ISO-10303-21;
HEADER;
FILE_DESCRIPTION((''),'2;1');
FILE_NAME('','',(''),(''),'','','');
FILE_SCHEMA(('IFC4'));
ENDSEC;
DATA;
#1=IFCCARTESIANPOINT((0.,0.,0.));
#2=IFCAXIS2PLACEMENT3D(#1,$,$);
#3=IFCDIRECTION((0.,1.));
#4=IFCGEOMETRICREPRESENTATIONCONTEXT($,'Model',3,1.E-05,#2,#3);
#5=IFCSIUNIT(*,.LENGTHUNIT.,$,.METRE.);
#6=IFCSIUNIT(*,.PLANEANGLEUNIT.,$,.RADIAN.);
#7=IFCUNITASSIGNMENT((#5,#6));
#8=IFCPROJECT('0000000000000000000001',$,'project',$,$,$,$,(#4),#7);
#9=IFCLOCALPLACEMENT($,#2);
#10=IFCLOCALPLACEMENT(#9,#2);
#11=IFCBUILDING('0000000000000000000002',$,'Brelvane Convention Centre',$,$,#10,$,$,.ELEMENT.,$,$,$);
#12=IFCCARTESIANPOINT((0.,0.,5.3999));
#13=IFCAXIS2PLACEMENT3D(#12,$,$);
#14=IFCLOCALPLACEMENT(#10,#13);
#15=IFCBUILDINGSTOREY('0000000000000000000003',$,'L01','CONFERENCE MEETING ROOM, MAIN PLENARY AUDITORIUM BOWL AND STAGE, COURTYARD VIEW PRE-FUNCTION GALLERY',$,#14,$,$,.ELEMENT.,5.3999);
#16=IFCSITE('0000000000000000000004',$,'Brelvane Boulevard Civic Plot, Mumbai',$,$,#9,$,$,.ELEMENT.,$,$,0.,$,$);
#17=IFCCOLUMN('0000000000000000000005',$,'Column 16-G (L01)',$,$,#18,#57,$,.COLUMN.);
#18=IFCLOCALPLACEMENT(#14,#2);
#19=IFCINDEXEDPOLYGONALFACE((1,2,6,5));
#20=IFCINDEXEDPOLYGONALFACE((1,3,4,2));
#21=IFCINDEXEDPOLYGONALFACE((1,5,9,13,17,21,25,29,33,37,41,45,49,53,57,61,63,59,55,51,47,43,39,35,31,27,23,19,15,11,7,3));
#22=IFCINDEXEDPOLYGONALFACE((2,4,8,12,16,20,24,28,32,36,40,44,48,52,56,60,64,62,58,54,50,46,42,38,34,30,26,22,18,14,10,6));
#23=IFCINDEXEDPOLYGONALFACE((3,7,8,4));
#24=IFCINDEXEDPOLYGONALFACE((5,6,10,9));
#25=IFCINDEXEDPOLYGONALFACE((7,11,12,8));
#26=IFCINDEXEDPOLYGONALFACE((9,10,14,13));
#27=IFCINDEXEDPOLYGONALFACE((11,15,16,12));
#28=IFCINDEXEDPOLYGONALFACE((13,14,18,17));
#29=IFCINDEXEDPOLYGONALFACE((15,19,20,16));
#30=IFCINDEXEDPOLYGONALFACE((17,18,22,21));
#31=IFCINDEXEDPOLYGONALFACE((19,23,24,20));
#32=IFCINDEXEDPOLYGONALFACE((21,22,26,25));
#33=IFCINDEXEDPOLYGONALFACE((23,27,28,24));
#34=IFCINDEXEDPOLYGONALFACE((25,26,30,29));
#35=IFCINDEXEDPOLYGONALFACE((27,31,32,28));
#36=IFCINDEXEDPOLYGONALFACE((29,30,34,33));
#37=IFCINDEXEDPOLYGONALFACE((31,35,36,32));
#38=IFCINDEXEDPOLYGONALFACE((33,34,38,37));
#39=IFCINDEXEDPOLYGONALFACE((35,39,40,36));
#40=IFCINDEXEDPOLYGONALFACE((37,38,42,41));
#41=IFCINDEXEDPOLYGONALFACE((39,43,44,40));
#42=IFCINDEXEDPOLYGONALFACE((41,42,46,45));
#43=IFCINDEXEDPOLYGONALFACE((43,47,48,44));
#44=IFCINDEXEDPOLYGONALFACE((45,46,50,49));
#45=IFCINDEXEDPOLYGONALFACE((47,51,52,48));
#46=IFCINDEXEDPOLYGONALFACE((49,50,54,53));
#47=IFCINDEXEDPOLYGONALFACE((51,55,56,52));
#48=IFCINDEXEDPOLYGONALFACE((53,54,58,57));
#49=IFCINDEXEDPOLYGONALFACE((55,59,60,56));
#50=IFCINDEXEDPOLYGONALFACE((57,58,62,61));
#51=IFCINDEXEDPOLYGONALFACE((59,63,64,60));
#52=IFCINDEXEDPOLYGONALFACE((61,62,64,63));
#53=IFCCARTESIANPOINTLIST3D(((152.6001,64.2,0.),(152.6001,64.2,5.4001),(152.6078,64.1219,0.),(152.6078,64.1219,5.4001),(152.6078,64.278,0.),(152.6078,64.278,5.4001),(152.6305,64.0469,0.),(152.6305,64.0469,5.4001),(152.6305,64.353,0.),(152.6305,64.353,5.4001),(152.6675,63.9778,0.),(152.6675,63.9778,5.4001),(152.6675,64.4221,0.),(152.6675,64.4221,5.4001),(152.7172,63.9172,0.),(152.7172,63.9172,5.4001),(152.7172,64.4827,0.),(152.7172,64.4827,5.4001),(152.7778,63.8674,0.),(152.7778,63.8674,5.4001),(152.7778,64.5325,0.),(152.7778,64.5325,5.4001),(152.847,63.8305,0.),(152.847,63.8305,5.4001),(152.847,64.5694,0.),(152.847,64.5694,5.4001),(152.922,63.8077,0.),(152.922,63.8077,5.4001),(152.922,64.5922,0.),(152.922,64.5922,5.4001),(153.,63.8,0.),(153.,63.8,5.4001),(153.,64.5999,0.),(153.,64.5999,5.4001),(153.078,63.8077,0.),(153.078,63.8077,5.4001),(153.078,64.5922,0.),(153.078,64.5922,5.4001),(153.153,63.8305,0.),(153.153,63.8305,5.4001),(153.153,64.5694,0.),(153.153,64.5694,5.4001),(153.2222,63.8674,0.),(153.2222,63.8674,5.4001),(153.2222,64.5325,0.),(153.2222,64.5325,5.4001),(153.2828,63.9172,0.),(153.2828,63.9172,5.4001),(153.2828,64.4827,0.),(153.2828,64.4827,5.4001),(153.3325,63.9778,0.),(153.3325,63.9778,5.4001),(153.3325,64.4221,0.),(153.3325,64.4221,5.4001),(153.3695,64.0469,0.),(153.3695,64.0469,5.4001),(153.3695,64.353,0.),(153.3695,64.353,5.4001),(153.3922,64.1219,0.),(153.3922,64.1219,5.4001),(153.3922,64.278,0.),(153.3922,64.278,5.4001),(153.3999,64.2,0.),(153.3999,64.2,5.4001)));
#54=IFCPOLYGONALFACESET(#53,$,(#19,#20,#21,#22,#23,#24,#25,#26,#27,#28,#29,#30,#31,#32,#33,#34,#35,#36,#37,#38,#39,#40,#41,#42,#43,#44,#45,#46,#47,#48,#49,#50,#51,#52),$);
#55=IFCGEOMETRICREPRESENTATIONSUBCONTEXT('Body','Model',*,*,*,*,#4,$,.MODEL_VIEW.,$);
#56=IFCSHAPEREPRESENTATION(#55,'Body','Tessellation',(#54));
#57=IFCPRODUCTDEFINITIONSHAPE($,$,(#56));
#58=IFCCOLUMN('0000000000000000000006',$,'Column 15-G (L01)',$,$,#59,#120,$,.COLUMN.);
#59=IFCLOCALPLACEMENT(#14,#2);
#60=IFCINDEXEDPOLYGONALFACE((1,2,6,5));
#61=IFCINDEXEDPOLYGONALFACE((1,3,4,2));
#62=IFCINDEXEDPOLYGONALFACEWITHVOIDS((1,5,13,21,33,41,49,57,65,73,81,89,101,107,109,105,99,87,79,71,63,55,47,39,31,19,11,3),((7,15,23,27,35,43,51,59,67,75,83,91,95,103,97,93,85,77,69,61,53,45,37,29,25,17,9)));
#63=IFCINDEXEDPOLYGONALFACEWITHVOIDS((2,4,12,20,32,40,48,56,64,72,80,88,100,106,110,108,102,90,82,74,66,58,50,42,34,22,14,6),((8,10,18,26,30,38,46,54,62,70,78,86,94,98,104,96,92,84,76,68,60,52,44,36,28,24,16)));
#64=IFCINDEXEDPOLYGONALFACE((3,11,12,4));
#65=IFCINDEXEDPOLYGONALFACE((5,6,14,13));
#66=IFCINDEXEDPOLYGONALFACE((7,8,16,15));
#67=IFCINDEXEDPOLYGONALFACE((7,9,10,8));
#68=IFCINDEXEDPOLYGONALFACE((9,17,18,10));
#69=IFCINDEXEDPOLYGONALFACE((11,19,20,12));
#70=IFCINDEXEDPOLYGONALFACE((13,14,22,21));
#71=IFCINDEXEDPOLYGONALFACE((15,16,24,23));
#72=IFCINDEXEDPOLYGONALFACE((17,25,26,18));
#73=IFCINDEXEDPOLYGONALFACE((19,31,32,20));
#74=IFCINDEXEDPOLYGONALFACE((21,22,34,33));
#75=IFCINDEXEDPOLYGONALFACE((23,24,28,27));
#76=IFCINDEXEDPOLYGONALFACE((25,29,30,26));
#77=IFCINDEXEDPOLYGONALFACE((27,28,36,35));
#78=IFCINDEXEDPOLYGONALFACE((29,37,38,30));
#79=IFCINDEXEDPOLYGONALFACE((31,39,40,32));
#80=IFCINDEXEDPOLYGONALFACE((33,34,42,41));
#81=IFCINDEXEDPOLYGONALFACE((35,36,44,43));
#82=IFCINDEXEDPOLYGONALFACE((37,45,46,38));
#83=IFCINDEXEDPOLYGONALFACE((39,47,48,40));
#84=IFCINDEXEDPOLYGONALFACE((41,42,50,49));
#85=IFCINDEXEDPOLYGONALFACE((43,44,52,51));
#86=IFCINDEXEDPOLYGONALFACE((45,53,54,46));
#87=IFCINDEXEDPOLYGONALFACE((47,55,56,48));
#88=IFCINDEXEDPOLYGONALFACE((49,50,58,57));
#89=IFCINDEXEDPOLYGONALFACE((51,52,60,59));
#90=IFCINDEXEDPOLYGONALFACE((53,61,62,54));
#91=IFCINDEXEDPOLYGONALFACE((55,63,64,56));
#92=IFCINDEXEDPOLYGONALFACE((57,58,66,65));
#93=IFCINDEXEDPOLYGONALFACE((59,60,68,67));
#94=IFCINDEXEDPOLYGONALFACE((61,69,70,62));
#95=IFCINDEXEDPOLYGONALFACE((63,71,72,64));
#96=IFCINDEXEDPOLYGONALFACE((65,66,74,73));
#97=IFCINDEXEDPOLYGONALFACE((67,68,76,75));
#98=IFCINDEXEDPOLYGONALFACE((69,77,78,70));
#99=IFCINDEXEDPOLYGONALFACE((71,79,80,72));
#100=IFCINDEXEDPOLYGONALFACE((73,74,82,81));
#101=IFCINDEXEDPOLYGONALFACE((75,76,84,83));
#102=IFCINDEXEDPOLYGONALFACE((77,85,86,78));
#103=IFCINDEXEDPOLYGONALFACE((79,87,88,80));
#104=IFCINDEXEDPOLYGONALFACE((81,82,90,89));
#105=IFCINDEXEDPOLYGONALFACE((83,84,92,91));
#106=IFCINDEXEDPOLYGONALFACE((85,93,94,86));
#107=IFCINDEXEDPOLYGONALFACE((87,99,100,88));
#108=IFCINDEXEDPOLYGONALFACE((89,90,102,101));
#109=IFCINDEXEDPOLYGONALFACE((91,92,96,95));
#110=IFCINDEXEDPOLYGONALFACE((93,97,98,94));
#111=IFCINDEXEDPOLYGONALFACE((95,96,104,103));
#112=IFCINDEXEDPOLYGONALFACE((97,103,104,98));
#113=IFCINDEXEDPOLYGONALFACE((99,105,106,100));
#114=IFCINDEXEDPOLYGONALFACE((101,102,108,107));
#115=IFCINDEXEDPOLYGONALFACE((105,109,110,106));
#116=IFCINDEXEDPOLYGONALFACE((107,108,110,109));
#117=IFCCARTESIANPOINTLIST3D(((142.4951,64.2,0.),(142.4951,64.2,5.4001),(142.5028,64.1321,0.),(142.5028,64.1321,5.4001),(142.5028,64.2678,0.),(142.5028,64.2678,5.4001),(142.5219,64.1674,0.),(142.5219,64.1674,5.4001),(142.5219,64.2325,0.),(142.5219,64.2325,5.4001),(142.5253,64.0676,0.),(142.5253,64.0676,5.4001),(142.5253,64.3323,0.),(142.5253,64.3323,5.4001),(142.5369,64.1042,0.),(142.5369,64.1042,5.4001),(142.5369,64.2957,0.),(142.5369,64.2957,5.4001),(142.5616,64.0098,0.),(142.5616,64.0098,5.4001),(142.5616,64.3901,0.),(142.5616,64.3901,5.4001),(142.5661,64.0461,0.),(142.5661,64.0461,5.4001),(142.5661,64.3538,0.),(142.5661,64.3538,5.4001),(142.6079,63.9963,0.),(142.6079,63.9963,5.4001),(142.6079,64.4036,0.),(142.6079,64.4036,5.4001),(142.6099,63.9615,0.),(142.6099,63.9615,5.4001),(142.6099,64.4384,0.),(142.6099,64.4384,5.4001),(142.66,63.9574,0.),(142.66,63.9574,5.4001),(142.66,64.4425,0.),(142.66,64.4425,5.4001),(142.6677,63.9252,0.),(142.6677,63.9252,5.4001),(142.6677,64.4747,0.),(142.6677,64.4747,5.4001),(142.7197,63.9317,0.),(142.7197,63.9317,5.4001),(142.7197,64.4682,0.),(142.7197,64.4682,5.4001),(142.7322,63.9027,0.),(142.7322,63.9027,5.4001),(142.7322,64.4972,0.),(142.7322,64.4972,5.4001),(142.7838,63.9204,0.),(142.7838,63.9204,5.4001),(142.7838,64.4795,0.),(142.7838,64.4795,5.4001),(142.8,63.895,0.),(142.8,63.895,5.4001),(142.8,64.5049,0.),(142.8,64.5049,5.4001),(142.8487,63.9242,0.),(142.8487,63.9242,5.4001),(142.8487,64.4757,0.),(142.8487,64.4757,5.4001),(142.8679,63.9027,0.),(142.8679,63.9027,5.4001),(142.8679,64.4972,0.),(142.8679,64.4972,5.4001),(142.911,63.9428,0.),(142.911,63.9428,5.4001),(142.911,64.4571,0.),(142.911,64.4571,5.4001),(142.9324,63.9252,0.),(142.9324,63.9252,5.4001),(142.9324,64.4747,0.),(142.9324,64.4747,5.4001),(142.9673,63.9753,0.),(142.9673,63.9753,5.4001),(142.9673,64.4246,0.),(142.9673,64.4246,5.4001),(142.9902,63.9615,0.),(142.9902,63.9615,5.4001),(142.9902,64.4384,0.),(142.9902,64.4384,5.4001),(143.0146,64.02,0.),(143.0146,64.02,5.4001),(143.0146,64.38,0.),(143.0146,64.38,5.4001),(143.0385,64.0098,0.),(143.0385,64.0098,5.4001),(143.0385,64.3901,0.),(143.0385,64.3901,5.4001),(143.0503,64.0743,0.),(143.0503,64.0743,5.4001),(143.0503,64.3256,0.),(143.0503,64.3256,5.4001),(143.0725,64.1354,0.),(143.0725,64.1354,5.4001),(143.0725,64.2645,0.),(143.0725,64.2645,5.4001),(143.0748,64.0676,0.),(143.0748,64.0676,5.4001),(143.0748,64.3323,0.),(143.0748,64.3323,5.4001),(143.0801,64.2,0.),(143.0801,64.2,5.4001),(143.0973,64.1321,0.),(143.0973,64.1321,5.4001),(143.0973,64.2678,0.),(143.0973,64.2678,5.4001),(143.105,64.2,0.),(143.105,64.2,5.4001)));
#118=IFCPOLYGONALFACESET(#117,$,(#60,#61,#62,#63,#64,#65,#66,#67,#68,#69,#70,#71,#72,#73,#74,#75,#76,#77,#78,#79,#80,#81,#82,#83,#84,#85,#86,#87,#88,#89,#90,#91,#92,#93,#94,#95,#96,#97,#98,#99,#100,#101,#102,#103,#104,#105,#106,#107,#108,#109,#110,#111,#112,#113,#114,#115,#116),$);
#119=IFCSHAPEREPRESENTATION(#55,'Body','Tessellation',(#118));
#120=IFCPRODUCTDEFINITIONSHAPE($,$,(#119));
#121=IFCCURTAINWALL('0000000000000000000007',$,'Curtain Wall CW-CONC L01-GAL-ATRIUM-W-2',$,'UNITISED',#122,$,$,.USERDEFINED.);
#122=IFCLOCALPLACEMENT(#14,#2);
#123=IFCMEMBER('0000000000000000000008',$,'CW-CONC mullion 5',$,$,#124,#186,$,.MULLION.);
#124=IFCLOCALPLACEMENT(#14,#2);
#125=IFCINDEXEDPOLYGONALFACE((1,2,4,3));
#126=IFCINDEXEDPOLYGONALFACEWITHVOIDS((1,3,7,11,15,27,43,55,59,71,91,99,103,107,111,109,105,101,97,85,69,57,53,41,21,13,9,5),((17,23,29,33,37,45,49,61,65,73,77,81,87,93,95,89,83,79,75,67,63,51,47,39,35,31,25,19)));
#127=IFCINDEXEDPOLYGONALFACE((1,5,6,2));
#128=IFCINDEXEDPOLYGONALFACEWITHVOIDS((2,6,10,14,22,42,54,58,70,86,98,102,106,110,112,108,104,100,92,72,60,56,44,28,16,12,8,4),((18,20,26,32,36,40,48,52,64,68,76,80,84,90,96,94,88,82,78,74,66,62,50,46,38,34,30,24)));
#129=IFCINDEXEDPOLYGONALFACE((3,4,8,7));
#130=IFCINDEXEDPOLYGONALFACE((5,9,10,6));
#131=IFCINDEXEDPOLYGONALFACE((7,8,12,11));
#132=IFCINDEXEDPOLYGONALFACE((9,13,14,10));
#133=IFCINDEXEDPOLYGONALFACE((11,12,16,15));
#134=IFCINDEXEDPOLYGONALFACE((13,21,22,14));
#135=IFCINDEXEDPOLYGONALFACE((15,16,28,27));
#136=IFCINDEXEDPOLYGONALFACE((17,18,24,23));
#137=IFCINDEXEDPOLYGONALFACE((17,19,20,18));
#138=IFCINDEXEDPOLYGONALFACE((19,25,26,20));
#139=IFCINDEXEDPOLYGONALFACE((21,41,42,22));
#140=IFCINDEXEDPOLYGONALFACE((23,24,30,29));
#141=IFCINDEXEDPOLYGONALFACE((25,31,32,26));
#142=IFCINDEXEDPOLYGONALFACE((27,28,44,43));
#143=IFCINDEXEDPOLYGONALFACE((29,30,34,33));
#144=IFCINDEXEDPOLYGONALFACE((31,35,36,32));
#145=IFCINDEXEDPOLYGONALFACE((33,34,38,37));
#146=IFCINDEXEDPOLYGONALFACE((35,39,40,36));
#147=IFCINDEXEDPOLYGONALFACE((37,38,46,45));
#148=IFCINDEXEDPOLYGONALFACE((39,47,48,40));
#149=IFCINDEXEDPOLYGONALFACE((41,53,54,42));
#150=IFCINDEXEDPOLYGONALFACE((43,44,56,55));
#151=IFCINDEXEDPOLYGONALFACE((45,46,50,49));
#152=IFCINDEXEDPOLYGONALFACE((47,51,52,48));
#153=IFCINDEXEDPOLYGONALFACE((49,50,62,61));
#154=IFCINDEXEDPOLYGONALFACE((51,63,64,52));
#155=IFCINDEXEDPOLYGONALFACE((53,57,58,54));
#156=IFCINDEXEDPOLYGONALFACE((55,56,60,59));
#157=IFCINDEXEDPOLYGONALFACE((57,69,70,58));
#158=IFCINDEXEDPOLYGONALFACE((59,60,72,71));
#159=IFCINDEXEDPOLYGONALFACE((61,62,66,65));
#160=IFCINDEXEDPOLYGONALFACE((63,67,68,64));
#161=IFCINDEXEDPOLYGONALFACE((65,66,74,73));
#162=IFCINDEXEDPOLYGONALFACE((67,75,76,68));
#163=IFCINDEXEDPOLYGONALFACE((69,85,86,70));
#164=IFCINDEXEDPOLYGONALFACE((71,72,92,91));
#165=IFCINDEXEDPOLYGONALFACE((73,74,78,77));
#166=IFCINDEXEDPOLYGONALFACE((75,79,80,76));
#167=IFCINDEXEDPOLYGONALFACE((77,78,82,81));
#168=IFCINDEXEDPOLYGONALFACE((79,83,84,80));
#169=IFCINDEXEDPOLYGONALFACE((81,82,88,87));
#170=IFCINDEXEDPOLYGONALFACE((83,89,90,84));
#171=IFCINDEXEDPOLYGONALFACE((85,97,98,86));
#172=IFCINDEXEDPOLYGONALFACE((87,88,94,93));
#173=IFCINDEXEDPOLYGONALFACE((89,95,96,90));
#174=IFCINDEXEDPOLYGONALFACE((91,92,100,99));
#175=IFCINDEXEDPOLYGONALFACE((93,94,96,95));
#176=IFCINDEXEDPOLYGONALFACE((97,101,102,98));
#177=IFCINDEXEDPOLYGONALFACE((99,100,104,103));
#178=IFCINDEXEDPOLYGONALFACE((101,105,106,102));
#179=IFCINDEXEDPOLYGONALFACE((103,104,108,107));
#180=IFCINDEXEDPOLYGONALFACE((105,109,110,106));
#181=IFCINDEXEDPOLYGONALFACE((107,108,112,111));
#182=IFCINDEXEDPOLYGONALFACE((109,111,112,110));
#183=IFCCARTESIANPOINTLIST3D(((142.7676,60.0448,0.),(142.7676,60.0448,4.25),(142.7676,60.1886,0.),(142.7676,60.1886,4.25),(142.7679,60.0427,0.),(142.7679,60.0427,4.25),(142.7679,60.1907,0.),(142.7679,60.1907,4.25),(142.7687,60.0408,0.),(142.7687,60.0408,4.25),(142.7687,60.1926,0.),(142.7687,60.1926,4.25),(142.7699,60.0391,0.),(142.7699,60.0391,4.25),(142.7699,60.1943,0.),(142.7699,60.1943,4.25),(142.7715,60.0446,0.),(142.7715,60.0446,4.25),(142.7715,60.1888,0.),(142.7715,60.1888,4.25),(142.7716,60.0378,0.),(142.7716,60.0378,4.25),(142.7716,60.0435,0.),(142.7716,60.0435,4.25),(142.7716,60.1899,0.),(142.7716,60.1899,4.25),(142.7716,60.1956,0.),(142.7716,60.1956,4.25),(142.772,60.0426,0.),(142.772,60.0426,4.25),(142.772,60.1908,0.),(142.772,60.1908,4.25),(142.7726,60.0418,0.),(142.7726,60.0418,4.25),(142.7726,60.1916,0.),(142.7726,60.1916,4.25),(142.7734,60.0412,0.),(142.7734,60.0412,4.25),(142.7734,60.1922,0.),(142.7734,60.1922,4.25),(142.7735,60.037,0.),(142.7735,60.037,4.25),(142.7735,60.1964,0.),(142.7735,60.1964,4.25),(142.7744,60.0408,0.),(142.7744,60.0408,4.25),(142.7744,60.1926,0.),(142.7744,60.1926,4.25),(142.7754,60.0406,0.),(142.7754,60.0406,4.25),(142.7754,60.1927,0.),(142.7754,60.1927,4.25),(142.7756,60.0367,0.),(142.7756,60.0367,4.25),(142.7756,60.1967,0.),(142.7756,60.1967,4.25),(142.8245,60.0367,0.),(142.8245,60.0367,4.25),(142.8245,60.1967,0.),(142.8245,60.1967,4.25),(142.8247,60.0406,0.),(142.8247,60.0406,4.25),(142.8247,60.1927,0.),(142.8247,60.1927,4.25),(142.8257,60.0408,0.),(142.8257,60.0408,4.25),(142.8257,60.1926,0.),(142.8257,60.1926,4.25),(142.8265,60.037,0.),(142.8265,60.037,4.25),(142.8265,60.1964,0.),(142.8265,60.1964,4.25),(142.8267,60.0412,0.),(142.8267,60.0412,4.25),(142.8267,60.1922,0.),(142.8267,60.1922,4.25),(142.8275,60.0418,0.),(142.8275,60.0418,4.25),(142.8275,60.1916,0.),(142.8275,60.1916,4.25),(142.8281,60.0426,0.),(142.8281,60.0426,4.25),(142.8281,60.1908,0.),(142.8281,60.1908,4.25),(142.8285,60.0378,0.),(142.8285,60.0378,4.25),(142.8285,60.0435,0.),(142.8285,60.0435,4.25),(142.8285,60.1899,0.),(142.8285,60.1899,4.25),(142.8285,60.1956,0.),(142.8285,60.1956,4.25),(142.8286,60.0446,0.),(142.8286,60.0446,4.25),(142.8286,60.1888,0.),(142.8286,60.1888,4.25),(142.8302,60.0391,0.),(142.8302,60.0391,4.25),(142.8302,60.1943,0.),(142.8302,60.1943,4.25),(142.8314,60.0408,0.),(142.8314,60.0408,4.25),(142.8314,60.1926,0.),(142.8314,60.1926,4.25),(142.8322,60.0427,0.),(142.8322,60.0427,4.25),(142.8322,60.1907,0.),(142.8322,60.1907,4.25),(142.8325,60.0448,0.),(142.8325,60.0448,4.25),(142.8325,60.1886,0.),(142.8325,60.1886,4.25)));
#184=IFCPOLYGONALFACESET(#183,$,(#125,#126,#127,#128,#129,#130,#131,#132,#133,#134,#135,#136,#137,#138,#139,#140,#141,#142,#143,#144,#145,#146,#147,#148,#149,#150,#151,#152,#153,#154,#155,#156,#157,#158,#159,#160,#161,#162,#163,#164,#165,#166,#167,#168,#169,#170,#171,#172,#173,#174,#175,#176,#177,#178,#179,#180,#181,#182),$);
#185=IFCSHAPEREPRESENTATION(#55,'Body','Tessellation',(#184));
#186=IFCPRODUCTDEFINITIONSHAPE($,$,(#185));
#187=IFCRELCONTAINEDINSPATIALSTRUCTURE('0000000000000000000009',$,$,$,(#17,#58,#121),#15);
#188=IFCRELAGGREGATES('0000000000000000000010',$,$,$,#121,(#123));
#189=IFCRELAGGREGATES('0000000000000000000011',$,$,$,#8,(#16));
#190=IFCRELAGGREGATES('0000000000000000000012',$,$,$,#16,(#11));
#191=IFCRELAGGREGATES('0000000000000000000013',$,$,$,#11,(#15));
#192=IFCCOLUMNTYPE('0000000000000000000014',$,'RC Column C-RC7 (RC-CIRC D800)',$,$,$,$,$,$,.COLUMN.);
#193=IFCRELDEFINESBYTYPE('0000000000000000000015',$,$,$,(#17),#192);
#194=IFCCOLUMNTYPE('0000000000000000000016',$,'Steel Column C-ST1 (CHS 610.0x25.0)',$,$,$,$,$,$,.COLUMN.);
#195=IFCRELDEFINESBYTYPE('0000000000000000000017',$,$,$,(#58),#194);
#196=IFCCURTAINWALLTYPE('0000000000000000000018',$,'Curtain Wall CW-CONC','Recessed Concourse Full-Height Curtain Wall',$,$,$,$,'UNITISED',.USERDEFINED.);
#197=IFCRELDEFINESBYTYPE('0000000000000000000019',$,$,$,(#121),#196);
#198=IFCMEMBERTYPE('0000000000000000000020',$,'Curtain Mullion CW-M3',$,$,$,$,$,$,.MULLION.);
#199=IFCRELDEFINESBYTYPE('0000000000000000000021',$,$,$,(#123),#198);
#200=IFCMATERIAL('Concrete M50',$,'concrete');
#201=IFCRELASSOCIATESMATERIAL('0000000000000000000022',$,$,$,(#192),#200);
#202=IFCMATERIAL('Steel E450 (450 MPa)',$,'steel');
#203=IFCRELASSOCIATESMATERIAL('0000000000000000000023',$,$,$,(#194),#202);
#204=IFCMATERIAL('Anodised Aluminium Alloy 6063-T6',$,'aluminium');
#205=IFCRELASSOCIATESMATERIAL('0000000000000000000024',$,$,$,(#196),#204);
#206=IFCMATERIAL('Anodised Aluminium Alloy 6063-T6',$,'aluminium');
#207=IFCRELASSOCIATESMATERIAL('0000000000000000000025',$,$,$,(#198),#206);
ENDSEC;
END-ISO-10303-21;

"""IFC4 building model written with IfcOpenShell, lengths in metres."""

from ifc_helpers import new_model, si_unit, direction, frame, origin, origin_2d, place, context, subcontext, project, spatial, hollow_rectangle, circle, hollow_circle, extrude, material, material_profile, profile_set, type_object, element, aggregate, save


model = new_model("IFC4")

# Units and contexts
model_context = context("Model", 3, precision=1e-05, world=origin(), true_north=direction((0.0, 1.0)))
body_context = subcontext(model_context, "Body", "Model", "MODEL_VIEW")
ifc_project = project(units=[si_unit("LENGTHUNIT", "METRE"), si_unit("PLANEANGLEUNIT", "RADIAN")], contexts=[model_context])

# Site, building, storey
site_placement = place(None, origin())
site = spatial("IfcSite", under=ifc_project, at=site_placement, Name="Brelvane Boulevard Civic Plot, Mumbai", CompositionType="ELEMENT", RefElevation=0.0)
building_placement = place(site_placement, origin())
building = spatial("IfcBuilding", under=site, at=building_placement, Name="Brelvane Convention Centre", CompositionType="ELEMENT")
storey_placement = place(building_placement, frame((0.0, 0.0, 5.3999)))
storey = spatial("IfcBuildingStorey", under=building, at=storey_placement, Name="L01", Description="CONFERENCE MEETING ROOM, MAIN PLENARY AUDITORIUM BOWL AND STAGE, COURTYARD VIEW PRE-FUNCTION GALLERY", CompositionType="ELEMENT", Elevation=5.3999)

# Columns
ifc_material_1 = material(Name="Concrete M50", Category="concrete")
ifc_material_profile_1 = material_profile(ifc_material_1, circle(Radius=0.3999, at=origin_2d()), Name="RC-CIRC D800")
ifc_profile_set_1 = profile_set([ifc_material_profile_1], Name="Concrete M50")
column_type_1 = type_object("IfcColumnType", Name="RC Column C-RC7 (RC-CIRC D800)", PredefinedType="COLUMN", material=ifc_profile_set_1)
column_1_placement = place(storey_placement, frame((153.0, 64.2, 0.0), z_axis=(0.0, 0.0, 1.0), x_axis=(1.0, 0.0, 0.0)))
element("IfcColumn", 1, at=column_1_placement, inside=storey, type_object=column_type_1, Name="Column 16-G (L01)", PredefinedType="COLUMN", context=body_context, shape_type="SweptSolid", body=[
    extrude(circle(Radius=0.3999, at=origin_2d()), origin(), (0.0, 0.0, 1.0), 5.4001),
])
ifc_material_2 = material(Name="Steel E450 (450 MPa)", Category="steel")
ifc_material_profile_2 = material_profile(ifc_material_2, hollow_circle(Radius=0.3049, WallThickness=0.0249, at=origin_2d()), Name="CHS 610.0x25.0")
ifc_profile_set_2 = profile_set([ifc_material_profile_2], Name="Steel E450 (450 MPa)")
column_type_2 = type_object("IfcColumnType", Name="Steel Column C-ST1 (CHS 610.0x25.0)", PredefinedType="COLUMN", material=ifc_profile_set_2)
column_2_placement = place(storey_placement, frame((142.8, 64.2, 0.0), z_axis=(0.0, 0.0, 1.0), x_axis=(1.0, 0.0, 0.0)))
element("IfcColumn", 2, at=column_2_placement, inside=storey, type_object=column_type_2, Name="Column 15-G (L01)", PredefinedType="COLUMN", context=body_context, shape_type="SweptSolid", body=[
    extrude(hollow_circle(Radius=0.3049, WallThickness=0.0249, at=origin_2d()), origin(), (0.0, 0.0, 1.0), 5.4001),
])

# Curtain wall, member
ifc_material_3 = material(Name="Anodised Aluminium Alloy 6063-T6", Category="aluminium")
curtain_wall_type = type_object("IfcCurtainWallType", Name="Curtain Wall CW-CONC", Description="Recessed Concourse Full-Height Curtain Wall", ElementType="UNITISED", PredefinedType="USERDEFINED", material=ifc_material_3)
curtain_wall_1_placement = place(storey_placement, origin())
curtain_wall_1 = element("IfcCurtainWall", 3, at=curtain_wall_1_placement, inside=storey, type_object=curtain_wall_type, Name="Curtain Wall CW-CONC L01-GAL-ATRIUM-W-2", ObjectType="UNITISED", PredefinedType="USERDEFINED")
ifc_material_4 = material(Name="Anodised Aluminium Alloy 6063-T6", Category="aluminium")
ifc_material_profile_3 = material_profile(ifc_material_4, hollow_rectangle(XDim=0.0649, YDim=0.1599, WallThickness=0.0039, InnerFilletRadius=0.0039, OuterFilletRadius=0.0081, at=origin_2d()), Name="ALU-M 160x65x4.0")
ifc_profile_set_3 = profile_set([ifc_material_profile_3], Name="Anodised Aluminium Alloy 6063-T6")
member_type_1 = type_object("IfcMemberType", Name="Curtain Mullion CW-M3", PredefinedType="MULLION", material=ifc_profile_set_3)
member_1_placement = place(storey_placement, frame((142.8, 60.1167, 0.0), z_axis=(0.0, 0.0, 1.0), x_axis=(-1.0, 0.0, 0.0)))
member_1 = element("IfcMember", 4, at=member_1_placement, type_object=member_type_1, Name="CW-CONC mullion 5", PredefinedType="MULLION", context=body_context, shape_type="SweptSolid", body=[
    extrude(hollow_rectangle(XDim=0.0649, YDim=0.1599, WallThickness=0.0039, InnerFilletRadius=0.0039, OuterFilletRadius=0.0081, at=origin_2d()), origin(), (0.0, 0.0, 1.0), 4.25),
])

aggregate(curtain_wall_1, [member_1])

save(model, "model.ifc")
